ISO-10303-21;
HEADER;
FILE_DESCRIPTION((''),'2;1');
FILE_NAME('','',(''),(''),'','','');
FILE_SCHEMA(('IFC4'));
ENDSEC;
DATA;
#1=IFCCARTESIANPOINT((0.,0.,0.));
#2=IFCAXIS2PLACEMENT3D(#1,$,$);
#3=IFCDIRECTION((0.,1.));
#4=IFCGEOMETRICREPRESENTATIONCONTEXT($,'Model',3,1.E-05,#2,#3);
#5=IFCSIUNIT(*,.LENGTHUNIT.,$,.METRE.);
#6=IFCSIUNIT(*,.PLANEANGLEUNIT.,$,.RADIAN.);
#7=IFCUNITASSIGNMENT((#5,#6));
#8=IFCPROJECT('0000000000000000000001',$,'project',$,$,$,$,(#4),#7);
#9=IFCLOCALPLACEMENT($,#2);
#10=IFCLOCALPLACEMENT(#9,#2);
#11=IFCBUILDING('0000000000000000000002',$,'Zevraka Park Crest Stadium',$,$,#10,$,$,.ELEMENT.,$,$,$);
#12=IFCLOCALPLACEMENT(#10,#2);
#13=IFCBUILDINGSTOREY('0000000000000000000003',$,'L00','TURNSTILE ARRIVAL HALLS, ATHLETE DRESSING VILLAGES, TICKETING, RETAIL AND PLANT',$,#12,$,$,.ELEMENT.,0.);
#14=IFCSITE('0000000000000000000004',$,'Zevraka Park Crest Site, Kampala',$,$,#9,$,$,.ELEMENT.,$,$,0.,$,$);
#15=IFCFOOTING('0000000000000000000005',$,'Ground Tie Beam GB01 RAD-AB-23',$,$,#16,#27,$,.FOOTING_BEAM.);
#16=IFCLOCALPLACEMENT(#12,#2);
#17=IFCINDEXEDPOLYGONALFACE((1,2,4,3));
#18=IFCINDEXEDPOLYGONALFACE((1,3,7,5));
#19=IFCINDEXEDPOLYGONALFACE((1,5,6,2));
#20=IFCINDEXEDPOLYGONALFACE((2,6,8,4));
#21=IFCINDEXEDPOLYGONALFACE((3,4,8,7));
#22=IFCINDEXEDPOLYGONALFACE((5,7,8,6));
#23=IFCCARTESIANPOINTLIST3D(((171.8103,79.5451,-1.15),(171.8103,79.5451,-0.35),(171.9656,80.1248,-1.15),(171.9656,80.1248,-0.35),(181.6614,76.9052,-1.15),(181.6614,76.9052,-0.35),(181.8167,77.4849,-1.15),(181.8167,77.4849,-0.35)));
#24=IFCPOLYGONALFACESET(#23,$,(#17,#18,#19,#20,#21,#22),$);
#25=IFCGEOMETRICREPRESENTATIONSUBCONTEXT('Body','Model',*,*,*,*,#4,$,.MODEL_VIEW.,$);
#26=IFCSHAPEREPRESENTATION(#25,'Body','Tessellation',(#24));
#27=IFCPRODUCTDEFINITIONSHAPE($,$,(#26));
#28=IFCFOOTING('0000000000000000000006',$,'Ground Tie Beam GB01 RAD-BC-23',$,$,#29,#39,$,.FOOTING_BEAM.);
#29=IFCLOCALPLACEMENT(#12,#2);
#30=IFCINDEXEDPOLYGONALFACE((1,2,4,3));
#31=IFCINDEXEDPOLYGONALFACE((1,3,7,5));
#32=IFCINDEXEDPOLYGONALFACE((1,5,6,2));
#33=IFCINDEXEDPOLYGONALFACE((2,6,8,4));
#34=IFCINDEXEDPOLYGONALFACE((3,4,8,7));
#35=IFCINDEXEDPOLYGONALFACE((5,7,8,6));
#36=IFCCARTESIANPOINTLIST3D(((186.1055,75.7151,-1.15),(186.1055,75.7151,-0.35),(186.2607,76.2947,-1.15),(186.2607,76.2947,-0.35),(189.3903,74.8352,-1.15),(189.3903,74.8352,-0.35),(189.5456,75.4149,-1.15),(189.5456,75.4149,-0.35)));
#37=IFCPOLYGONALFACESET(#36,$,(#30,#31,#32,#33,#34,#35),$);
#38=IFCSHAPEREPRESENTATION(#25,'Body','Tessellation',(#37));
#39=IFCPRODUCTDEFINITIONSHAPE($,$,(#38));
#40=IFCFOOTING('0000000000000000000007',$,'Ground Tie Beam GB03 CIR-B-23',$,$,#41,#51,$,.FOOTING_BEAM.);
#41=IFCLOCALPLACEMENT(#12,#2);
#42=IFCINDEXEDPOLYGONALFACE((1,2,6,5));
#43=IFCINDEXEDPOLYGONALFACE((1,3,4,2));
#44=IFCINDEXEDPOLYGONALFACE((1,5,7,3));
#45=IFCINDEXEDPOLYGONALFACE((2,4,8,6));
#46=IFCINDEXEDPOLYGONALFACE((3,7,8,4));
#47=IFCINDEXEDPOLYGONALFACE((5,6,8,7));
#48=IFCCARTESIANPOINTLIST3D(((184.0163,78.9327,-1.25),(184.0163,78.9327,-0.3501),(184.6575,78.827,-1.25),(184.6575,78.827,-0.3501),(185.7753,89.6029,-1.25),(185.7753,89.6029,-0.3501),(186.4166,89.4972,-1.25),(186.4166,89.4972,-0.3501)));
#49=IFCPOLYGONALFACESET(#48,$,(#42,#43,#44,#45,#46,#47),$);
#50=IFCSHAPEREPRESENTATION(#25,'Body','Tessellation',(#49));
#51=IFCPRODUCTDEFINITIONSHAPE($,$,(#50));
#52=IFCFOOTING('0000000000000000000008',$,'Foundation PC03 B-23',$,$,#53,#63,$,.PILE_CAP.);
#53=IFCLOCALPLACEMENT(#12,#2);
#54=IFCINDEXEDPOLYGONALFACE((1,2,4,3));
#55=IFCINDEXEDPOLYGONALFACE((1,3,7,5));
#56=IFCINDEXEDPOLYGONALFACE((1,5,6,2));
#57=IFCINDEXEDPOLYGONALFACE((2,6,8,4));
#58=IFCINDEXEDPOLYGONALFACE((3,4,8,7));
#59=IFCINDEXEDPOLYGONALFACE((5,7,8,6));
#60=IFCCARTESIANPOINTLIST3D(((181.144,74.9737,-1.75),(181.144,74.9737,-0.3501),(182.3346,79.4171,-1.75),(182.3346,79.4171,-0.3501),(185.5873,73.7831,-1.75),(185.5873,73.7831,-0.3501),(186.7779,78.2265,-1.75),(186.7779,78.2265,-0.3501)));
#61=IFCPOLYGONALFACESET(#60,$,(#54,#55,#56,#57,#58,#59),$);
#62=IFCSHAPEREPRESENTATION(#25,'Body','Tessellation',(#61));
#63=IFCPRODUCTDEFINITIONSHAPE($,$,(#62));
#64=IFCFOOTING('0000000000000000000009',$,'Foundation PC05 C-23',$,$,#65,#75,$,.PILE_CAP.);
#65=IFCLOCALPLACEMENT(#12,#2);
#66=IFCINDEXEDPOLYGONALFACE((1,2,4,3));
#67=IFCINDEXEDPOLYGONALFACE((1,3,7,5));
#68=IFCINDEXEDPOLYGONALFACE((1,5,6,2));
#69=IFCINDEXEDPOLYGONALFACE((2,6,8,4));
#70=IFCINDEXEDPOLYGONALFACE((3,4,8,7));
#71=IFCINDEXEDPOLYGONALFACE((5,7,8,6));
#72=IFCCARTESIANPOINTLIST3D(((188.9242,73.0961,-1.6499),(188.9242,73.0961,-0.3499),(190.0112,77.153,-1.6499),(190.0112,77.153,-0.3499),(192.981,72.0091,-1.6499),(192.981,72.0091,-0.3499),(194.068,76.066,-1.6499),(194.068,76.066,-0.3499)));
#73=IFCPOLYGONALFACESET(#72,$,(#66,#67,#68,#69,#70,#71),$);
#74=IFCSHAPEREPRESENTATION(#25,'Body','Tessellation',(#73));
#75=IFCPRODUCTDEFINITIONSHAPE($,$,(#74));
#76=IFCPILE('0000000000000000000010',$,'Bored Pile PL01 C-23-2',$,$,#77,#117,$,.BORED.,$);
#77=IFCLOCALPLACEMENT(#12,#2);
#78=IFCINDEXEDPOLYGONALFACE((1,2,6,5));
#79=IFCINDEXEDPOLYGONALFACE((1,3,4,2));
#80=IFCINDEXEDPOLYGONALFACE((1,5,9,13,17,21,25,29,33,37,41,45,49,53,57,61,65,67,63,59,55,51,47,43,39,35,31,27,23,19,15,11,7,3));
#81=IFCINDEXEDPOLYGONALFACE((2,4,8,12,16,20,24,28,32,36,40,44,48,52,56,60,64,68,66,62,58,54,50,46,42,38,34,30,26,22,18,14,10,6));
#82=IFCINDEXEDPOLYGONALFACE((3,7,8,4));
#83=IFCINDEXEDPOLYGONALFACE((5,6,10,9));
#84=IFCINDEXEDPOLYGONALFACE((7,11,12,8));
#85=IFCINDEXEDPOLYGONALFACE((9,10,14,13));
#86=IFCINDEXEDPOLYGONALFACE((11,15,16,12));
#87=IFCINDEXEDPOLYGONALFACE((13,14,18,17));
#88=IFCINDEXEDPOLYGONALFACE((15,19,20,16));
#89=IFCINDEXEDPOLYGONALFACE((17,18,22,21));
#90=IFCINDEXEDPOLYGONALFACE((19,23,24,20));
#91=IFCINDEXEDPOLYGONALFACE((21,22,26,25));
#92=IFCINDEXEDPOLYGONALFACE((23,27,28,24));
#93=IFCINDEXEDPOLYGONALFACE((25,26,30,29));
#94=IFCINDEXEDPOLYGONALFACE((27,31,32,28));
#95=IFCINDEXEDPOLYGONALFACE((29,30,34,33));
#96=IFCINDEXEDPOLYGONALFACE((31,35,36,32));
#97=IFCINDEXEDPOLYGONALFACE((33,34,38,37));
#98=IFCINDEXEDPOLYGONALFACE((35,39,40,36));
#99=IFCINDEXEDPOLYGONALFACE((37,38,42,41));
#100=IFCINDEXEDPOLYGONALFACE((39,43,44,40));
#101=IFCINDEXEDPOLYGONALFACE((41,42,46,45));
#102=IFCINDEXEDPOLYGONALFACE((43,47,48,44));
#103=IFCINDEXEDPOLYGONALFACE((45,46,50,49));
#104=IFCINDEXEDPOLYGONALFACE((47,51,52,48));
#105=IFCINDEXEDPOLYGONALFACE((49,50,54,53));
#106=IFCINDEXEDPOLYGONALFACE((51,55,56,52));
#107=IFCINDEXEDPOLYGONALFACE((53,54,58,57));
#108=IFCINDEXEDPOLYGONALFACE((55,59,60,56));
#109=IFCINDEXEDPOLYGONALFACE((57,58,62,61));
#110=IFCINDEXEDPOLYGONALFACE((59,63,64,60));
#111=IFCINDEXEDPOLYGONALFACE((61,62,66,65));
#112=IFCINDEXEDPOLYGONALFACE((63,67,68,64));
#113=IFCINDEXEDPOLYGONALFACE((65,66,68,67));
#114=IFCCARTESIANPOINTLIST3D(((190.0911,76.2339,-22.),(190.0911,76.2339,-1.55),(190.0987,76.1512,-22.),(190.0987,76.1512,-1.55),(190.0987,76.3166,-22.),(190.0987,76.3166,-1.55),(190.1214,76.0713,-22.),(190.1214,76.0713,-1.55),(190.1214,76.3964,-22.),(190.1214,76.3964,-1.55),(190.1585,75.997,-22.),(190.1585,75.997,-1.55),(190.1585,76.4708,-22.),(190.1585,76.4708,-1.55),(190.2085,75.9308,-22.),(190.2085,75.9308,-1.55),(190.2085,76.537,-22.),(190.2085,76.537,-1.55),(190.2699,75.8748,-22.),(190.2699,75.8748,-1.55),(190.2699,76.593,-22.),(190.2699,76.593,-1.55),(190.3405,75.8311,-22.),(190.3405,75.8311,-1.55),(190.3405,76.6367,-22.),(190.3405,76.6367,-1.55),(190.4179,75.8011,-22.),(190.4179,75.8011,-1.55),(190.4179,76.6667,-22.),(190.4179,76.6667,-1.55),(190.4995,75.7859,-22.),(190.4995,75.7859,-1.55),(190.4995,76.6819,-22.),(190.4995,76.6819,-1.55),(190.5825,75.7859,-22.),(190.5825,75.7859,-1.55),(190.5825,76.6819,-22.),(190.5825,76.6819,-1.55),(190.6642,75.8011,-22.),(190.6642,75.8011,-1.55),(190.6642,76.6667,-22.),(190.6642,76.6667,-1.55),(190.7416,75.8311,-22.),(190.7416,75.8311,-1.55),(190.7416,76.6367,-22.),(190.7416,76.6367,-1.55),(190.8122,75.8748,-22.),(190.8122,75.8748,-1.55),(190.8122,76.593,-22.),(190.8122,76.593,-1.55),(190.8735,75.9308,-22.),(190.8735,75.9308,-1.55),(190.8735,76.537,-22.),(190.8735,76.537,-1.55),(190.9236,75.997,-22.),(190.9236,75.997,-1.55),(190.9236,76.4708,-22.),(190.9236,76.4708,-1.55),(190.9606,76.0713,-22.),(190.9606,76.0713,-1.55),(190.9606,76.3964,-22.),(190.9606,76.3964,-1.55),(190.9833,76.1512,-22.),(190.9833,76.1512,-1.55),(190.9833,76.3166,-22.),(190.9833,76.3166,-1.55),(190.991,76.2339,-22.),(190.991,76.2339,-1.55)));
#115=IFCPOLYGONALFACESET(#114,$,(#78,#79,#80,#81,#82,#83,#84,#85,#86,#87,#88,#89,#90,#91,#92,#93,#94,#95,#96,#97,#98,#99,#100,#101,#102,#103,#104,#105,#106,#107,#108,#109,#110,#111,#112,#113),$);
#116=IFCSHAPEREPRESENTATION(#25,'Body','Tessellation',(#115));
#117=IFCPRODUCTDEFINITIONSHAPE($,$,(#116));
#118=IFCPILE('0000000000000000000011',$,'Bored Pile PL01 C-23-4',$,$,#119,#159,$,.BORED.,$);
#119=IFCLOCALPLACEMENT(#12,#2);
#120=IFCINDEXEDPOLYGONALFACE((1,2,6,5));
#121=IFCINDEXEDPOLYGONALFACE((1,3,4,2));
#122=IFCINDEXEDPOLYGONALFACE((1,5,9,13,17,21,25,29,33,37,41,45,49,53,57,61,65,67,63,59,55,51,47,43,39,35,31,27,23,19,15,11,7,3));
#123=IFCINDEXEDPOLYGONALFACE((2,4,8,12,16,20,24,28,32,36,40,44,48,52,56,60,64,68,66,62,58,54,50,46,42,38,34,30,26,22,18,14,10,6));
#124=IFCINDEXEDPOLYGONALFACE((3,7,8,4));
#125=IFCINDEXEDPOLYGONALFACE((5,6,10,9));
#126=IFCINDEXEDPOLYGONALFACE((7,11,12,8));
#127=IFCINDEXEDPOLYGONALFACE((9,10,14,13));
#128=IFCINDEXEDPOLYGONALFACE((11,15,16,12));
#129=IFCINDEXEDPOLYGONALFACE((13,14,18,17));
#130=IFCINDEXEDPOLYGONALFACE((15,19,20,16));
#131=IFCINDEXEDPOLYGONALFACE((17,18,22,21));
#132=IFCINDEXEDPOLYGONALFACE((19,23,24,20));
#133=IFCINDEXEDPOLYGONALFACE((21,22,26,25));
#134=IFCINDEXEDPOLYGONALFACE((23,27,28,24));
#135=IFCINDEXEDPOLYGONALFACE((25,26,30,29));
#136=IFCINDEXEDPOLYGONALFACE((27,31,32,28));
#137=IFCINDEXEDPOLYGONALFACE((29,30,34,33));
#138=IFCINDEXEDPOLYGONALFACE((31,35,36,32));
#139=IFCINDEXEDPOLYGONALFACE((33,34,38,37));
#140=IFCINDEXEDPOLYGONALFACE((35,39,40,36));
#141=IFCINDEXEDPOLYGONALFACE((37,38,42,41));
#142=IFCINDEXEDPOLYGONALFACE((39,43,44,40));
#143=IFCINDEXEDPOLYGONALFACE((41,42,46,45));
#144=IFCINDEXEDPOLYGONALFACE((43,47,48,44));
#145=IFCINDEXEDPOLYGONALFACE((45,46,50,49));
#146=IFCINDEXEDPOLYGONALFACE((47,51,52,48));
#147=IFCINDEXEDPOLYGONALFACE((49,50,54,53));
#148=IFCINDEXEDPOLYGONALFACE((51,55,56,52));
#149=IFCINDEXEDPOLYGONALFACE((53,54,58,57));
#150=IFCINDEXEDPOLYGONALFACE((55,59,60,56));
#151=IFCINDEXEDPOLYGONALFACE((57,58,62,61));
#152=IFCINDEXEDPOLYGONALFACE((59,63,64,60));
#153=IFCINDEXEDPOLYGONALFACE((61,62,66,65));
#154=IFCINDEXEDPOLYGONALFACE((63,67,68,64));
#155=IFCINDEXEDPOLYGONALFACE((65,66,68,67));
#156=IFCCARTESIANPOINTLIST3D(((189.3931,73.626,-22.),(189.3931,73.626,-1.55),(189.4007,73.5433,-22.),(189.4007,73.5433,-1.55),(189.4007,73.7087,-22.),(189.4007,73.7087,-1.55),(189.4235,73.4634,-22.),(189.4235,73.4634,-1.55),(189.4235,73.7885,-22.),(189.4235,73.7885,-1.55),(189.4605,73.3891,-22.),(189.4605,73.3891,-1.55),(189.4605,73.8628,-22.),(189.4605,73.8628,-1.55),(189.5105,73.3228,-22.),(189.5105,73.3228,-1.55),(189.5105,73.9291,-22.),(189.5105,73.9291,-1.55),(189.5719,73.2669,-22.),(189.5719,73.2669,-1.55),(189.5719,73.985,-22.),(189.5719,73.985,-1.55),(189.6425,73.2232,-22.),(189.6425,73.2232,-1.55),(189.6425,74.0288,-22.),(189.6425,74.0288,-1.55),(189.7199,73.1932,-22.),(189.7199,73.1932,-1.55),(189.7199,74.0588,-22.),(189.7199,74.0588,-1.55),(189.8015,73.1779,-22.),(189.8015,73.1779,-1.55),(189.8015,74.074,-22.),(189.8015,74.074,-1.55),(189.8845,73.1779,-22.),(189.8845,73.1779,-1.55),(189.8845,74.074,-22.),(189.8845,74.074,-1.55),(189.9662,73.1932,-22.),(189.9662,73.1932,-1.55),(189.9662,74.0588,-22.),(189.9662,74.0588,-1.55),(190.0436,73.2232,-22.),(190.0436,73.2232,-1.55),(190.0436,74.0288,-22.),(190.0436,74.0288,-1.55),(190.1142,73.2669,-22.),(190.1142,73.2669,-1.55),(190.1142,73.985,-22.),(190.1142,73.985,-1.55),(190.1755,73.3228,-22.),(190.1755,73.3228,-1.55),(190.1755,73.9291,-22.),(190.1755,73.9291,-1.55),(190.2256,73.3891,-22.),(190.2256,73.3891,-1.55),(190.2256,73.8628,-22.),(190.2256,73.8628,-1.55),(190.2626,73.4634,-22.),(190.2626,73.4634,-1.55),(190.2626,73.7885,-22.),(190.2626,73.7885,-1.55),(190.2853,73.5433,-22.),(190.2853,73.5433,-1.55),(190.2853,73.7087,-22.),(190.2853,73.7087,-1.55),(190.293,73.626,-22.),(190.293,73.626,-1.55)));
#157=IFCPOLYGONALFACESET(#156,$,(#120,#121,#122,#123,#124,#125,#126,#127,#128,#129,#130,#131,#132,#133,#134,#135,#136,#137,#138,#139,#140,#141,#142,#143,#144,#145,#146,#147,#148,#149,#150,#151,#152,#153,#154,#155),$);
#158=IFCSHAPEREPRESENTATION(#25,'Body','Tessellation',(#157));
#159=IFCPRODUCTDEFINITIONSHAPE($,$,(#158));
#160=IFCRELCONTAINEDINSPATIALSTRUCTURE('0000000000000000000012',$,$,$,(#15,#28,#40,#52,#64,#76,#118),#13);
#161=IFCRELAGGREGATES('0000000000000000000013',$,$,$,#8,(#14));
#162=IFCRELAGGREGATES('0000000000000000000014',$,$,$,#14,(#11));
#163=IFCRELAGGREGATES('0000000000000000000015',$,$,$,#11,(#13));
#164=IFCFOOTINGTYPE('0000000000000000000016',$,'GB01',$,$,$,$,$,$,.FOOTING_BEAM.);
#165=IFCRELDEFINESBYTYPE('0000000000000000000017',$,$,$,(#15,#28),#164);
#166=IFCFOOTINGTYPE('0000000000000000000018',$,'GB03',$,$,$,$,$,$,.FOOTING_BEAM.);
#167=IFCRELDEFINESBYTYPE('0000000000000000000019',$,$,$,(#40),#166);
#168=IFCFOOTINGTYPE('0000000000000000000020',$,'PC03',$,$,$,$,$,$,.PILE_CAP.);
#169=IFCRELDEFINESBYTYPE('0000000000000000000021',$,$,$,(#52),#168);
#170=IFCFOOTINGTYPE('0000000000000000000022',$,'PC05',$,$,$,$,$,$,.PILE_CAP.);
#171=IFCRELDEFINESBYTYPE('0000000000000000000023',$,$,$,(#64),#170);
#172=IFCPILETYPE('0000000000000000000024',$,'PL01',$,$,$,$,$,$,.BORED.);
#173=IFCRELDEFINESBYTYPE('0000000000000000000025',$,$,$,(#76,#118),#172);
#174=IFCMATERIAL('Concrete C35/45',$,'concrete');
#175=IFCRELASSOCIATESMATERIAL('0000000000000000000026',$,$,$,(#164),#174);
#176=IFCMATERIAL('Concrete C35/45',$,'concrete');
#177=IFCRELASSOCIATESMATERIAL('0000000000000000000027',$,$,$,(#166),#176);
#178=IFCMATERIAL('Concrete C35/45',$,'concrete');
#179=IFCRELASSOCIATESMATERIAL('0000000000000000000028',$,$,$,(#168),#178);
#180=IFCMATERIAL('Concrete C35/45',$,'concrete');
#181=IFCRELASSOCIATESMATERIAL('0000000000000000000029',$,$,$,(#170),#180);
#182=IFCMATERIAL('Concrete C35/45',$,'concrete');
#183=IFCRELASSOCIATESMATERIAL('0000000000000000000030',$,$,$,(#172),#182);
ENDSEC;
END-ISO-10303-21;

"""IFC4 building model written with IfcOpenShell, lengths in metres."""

from ifc_helpers import new_model, si_unit, direction, frame, origin, origin_2d, place, context, subcontext, project, spatial, rectangle, circle, extrude, material, material_profile, profile_set, type_object, element, save


model = new_model("IFC4")

# Units and contexts
model_context = context("Model", 3, precision=1e-05, world=origin(), true_north=direction((0.0, 1.0)))
body_context = subcontext(model_context, "Body", "Model", "MODEL_VIEW")
ifc_project = project(units=[si_unit("LENGTHUNIT", "METRE"), si_unit("PLANEANGLEUNIT", "RADIAN")], contexts=[model_context])

# Site, building, storey
site_placement = place(None, origin())
site = spatial("IfcSite", under=ifc_project, at=site_placement, Name="Zevraka Park Crest Site, Kampala", CompositionType="ELEMENT", RefElevation=0.0)
building_placement = place(site_placement, origin())
building = spatial("IfcBuilding", under=site, at=building_placement, Name="Zevraka Park Crest Stadium", CompositionType="ELEMENT")
storey_placement = place(building_placement, origin())
storey = spatial("IfcBuildingStorey", under=building, at=storey_placement, Name="L00", Description="TURNSTILE ARRIVAL HALLS, ATHLETE DRESSING VILLAGES, TICKETING, RETAIL AND PLANT", CompositionType="ELEMENT", Elevation=0.0)

# Footings
ifc_material_1 = material(Name="Concrete C35/45", Category="concrete")
ifc_material_profile_1 = material_profile(ifc_material_1, rectangle(XDim=0.6001, YDim=0.8, at=origin_2d()), Name="GB 800x600")
ifc_profile_set_1 = profile_set([ifc_material_profile_1], Name="Concrete C35/45")
footing_type_1 = type_object("IfcFootingType", Name="GB01", PredefinedType="FOOTING_BEAM", material=ifc_profile_set_1)
footing_1_placement = place(storey_placement, frame((171.8879, 79.835, -0.75), z_axis=(0.965918, -0.258847, 0.0), x_axis=(0.258847, 0.965918, 0.0)))
element("IfcFooting", 1, at=footing_1_placement, inside=storey, type_object=footing_type_1, Name="Ground Tie Beam GB01 RAD-AB-23", PredefinedType="FOOTING_BEAM", context=body_context, shape_type="SweptSolid", body=[
    extrude(rectangle(XDim=0.6001, YDim=0.8, at=origin_2d()), origin(), (0.0, 0.0, 1.0), 10.1987),
])
footing_2_placement = place(storey_placement, frame((186.1831, 76.0049, -0.75), z_axis=(0.965948, -0.258735, 0.0), x_axis=(0.258735, 0.965948, 0.0)))
element("IfcFooting", 2, at=footing_2_placement, inside=storey, type_object=footing_type_1, Name="Ground Tie Beam GB01 RAD-BC-23", PredefinedType="FOOTING_BEAM", context=body_context, shape_type="SweptSolid", body=[
    extrude(rectangle(XDim=0.6001, YDim=0.8, at=origin_2d()), origin(), (0.0, 0.0, 1.0), 3.4006),
])
ifc_material_2 = material(Name="Concrete C35/45", Category="concrete")
ifc_material_profile_2 = material_profile(ifc_material_2, rectangle(XDim=0.6499, YDim=0.8999, at=origin_2d()), Name="GB 900x650")
ifc_profile_set_2 = profile_set([ifc_material_profile_2], Name="Concrete C35/45")
footing_type_2 = type_object("IfcFootingType", Name="GB03", PredefinedType="FOOTING_BEAM", material=ifc_profile_set_2)
footing_3_placement = place(storey_placement, frame((184.3369, 78.8799, -0.8), z_axis=(0.16266, 0.986682, 0.0), x_axis=(-0.986682, 0.16266, 0.0)))
element("IfcFooting", 3, at=footing_3_placement, inside=storey, type_object=footing_type_2, Name="Ground Tie Beam GB03 CIR-B-23", PredefinedType="FOOTING_BEAM", context=body_context, shape_type="SweptSolid", body=[
    extrude(rectangle(XDim=0.6499, YDim=0.8999, at=origin_2d()), origin(), (0.0, 0.0, 1.0), 10.8142),
])
ifc_material_3 = material(Name="Concrete C35/45", Category="concrete")
footing_type_3 = type_object("IfcFootingType", Name="PC03", PredefinedType="PILE_CAP", material=ifc_material_3)
footing_4_placement = place(storey_placement, frame((183.9609, 76.6001, -1.75), z_axis=(0.0, 0.0, 1.0), x_axis=(-0.965926, 0.258819, 0.0)))
element("IfcFooting", 4, at=footing_4_placement, inside=storey, type_object=footing_type_3, Name="Foundation PC03 B-23", PredefinedType="PILE_CAP", context=body_context, shape_type="SweptSolid", body=[
    extrude(rectangle(XDim=4.6001, YDim=4.6001, at=origin_2d()), origin(), (0.0, 0.0, 1.0), 1.3999),
])
ifc_material_4 = material(Name="Concrete C35/45", Category="concrete")
footing_type_4 = type_object("IfcFootingType", Name="PC05", PredefinedType="PILE_CAP", material=ifc_material_4)
footing_5_placement = place(storey_placement, frame((191.4961, 74.5811, -1.6499), z_axis=(0.0, 0.0, 1.0), x_axis=(-0.965926, 0.258819, 0.0)))
element("IfcFooting", 5, at=footing_5_placement, inside=storey, type_object=footing_type_4, Name="Foundation PC05 C-23", PredefinedType="PILE_CAP", context=body_context, shape_type="SweptSolid", body=[
    extrude(rectangle(XDim=4.2, YDim=4.2, at=origin_2d()), origin(), (0.0, 0.0, 1.0), 1.3),
])

# Piles
ifc_material_5 = material(Name="Concrete C35/45", Category="concrete")
ifc_material_profile_3 = material_profile(ifc_material_5, circle(Radius=0.45, at=origin_2d()), Name="PILE D900")
ifc_profile_set_3 = profile_set([ifc_material_profile_3], Name="Concrete C35/45")
pile_type_1 = type_object("IfcPileType", Name="PL01", PredefinedType="BORED", material=ifc_profile_set_3)
for number, where, z_axis, x_axis, name in (
    (6, (190.541, 76.2339, -1.55), (0.0, 0.0, -1.0), (1.0, 0.0, 0.0), "Bored Pile PL01 C-23-2"),
    (7, (189.843, 73.626, -1.55), (0.0, 0.0, -1.0), (1.0, 0.0, 0.0), "Bored Pile PL01 C-23-4"),
):
    element("IfcPile", number, at=place(storey_placement, frame(where, z_axis=z_axis, x_axis=x_axis)), inside=storey, type_object=pile_type_1, Name=name, PredefinedType="BORED", context=body_context, shape_type="SweptSolid", body=[
        extrude(circle(Radius=0.45, at=origin_2d()), origin(), (0.0, 0.0, 1.0), 20.45),
    ])

save(model, "model.ifc")
